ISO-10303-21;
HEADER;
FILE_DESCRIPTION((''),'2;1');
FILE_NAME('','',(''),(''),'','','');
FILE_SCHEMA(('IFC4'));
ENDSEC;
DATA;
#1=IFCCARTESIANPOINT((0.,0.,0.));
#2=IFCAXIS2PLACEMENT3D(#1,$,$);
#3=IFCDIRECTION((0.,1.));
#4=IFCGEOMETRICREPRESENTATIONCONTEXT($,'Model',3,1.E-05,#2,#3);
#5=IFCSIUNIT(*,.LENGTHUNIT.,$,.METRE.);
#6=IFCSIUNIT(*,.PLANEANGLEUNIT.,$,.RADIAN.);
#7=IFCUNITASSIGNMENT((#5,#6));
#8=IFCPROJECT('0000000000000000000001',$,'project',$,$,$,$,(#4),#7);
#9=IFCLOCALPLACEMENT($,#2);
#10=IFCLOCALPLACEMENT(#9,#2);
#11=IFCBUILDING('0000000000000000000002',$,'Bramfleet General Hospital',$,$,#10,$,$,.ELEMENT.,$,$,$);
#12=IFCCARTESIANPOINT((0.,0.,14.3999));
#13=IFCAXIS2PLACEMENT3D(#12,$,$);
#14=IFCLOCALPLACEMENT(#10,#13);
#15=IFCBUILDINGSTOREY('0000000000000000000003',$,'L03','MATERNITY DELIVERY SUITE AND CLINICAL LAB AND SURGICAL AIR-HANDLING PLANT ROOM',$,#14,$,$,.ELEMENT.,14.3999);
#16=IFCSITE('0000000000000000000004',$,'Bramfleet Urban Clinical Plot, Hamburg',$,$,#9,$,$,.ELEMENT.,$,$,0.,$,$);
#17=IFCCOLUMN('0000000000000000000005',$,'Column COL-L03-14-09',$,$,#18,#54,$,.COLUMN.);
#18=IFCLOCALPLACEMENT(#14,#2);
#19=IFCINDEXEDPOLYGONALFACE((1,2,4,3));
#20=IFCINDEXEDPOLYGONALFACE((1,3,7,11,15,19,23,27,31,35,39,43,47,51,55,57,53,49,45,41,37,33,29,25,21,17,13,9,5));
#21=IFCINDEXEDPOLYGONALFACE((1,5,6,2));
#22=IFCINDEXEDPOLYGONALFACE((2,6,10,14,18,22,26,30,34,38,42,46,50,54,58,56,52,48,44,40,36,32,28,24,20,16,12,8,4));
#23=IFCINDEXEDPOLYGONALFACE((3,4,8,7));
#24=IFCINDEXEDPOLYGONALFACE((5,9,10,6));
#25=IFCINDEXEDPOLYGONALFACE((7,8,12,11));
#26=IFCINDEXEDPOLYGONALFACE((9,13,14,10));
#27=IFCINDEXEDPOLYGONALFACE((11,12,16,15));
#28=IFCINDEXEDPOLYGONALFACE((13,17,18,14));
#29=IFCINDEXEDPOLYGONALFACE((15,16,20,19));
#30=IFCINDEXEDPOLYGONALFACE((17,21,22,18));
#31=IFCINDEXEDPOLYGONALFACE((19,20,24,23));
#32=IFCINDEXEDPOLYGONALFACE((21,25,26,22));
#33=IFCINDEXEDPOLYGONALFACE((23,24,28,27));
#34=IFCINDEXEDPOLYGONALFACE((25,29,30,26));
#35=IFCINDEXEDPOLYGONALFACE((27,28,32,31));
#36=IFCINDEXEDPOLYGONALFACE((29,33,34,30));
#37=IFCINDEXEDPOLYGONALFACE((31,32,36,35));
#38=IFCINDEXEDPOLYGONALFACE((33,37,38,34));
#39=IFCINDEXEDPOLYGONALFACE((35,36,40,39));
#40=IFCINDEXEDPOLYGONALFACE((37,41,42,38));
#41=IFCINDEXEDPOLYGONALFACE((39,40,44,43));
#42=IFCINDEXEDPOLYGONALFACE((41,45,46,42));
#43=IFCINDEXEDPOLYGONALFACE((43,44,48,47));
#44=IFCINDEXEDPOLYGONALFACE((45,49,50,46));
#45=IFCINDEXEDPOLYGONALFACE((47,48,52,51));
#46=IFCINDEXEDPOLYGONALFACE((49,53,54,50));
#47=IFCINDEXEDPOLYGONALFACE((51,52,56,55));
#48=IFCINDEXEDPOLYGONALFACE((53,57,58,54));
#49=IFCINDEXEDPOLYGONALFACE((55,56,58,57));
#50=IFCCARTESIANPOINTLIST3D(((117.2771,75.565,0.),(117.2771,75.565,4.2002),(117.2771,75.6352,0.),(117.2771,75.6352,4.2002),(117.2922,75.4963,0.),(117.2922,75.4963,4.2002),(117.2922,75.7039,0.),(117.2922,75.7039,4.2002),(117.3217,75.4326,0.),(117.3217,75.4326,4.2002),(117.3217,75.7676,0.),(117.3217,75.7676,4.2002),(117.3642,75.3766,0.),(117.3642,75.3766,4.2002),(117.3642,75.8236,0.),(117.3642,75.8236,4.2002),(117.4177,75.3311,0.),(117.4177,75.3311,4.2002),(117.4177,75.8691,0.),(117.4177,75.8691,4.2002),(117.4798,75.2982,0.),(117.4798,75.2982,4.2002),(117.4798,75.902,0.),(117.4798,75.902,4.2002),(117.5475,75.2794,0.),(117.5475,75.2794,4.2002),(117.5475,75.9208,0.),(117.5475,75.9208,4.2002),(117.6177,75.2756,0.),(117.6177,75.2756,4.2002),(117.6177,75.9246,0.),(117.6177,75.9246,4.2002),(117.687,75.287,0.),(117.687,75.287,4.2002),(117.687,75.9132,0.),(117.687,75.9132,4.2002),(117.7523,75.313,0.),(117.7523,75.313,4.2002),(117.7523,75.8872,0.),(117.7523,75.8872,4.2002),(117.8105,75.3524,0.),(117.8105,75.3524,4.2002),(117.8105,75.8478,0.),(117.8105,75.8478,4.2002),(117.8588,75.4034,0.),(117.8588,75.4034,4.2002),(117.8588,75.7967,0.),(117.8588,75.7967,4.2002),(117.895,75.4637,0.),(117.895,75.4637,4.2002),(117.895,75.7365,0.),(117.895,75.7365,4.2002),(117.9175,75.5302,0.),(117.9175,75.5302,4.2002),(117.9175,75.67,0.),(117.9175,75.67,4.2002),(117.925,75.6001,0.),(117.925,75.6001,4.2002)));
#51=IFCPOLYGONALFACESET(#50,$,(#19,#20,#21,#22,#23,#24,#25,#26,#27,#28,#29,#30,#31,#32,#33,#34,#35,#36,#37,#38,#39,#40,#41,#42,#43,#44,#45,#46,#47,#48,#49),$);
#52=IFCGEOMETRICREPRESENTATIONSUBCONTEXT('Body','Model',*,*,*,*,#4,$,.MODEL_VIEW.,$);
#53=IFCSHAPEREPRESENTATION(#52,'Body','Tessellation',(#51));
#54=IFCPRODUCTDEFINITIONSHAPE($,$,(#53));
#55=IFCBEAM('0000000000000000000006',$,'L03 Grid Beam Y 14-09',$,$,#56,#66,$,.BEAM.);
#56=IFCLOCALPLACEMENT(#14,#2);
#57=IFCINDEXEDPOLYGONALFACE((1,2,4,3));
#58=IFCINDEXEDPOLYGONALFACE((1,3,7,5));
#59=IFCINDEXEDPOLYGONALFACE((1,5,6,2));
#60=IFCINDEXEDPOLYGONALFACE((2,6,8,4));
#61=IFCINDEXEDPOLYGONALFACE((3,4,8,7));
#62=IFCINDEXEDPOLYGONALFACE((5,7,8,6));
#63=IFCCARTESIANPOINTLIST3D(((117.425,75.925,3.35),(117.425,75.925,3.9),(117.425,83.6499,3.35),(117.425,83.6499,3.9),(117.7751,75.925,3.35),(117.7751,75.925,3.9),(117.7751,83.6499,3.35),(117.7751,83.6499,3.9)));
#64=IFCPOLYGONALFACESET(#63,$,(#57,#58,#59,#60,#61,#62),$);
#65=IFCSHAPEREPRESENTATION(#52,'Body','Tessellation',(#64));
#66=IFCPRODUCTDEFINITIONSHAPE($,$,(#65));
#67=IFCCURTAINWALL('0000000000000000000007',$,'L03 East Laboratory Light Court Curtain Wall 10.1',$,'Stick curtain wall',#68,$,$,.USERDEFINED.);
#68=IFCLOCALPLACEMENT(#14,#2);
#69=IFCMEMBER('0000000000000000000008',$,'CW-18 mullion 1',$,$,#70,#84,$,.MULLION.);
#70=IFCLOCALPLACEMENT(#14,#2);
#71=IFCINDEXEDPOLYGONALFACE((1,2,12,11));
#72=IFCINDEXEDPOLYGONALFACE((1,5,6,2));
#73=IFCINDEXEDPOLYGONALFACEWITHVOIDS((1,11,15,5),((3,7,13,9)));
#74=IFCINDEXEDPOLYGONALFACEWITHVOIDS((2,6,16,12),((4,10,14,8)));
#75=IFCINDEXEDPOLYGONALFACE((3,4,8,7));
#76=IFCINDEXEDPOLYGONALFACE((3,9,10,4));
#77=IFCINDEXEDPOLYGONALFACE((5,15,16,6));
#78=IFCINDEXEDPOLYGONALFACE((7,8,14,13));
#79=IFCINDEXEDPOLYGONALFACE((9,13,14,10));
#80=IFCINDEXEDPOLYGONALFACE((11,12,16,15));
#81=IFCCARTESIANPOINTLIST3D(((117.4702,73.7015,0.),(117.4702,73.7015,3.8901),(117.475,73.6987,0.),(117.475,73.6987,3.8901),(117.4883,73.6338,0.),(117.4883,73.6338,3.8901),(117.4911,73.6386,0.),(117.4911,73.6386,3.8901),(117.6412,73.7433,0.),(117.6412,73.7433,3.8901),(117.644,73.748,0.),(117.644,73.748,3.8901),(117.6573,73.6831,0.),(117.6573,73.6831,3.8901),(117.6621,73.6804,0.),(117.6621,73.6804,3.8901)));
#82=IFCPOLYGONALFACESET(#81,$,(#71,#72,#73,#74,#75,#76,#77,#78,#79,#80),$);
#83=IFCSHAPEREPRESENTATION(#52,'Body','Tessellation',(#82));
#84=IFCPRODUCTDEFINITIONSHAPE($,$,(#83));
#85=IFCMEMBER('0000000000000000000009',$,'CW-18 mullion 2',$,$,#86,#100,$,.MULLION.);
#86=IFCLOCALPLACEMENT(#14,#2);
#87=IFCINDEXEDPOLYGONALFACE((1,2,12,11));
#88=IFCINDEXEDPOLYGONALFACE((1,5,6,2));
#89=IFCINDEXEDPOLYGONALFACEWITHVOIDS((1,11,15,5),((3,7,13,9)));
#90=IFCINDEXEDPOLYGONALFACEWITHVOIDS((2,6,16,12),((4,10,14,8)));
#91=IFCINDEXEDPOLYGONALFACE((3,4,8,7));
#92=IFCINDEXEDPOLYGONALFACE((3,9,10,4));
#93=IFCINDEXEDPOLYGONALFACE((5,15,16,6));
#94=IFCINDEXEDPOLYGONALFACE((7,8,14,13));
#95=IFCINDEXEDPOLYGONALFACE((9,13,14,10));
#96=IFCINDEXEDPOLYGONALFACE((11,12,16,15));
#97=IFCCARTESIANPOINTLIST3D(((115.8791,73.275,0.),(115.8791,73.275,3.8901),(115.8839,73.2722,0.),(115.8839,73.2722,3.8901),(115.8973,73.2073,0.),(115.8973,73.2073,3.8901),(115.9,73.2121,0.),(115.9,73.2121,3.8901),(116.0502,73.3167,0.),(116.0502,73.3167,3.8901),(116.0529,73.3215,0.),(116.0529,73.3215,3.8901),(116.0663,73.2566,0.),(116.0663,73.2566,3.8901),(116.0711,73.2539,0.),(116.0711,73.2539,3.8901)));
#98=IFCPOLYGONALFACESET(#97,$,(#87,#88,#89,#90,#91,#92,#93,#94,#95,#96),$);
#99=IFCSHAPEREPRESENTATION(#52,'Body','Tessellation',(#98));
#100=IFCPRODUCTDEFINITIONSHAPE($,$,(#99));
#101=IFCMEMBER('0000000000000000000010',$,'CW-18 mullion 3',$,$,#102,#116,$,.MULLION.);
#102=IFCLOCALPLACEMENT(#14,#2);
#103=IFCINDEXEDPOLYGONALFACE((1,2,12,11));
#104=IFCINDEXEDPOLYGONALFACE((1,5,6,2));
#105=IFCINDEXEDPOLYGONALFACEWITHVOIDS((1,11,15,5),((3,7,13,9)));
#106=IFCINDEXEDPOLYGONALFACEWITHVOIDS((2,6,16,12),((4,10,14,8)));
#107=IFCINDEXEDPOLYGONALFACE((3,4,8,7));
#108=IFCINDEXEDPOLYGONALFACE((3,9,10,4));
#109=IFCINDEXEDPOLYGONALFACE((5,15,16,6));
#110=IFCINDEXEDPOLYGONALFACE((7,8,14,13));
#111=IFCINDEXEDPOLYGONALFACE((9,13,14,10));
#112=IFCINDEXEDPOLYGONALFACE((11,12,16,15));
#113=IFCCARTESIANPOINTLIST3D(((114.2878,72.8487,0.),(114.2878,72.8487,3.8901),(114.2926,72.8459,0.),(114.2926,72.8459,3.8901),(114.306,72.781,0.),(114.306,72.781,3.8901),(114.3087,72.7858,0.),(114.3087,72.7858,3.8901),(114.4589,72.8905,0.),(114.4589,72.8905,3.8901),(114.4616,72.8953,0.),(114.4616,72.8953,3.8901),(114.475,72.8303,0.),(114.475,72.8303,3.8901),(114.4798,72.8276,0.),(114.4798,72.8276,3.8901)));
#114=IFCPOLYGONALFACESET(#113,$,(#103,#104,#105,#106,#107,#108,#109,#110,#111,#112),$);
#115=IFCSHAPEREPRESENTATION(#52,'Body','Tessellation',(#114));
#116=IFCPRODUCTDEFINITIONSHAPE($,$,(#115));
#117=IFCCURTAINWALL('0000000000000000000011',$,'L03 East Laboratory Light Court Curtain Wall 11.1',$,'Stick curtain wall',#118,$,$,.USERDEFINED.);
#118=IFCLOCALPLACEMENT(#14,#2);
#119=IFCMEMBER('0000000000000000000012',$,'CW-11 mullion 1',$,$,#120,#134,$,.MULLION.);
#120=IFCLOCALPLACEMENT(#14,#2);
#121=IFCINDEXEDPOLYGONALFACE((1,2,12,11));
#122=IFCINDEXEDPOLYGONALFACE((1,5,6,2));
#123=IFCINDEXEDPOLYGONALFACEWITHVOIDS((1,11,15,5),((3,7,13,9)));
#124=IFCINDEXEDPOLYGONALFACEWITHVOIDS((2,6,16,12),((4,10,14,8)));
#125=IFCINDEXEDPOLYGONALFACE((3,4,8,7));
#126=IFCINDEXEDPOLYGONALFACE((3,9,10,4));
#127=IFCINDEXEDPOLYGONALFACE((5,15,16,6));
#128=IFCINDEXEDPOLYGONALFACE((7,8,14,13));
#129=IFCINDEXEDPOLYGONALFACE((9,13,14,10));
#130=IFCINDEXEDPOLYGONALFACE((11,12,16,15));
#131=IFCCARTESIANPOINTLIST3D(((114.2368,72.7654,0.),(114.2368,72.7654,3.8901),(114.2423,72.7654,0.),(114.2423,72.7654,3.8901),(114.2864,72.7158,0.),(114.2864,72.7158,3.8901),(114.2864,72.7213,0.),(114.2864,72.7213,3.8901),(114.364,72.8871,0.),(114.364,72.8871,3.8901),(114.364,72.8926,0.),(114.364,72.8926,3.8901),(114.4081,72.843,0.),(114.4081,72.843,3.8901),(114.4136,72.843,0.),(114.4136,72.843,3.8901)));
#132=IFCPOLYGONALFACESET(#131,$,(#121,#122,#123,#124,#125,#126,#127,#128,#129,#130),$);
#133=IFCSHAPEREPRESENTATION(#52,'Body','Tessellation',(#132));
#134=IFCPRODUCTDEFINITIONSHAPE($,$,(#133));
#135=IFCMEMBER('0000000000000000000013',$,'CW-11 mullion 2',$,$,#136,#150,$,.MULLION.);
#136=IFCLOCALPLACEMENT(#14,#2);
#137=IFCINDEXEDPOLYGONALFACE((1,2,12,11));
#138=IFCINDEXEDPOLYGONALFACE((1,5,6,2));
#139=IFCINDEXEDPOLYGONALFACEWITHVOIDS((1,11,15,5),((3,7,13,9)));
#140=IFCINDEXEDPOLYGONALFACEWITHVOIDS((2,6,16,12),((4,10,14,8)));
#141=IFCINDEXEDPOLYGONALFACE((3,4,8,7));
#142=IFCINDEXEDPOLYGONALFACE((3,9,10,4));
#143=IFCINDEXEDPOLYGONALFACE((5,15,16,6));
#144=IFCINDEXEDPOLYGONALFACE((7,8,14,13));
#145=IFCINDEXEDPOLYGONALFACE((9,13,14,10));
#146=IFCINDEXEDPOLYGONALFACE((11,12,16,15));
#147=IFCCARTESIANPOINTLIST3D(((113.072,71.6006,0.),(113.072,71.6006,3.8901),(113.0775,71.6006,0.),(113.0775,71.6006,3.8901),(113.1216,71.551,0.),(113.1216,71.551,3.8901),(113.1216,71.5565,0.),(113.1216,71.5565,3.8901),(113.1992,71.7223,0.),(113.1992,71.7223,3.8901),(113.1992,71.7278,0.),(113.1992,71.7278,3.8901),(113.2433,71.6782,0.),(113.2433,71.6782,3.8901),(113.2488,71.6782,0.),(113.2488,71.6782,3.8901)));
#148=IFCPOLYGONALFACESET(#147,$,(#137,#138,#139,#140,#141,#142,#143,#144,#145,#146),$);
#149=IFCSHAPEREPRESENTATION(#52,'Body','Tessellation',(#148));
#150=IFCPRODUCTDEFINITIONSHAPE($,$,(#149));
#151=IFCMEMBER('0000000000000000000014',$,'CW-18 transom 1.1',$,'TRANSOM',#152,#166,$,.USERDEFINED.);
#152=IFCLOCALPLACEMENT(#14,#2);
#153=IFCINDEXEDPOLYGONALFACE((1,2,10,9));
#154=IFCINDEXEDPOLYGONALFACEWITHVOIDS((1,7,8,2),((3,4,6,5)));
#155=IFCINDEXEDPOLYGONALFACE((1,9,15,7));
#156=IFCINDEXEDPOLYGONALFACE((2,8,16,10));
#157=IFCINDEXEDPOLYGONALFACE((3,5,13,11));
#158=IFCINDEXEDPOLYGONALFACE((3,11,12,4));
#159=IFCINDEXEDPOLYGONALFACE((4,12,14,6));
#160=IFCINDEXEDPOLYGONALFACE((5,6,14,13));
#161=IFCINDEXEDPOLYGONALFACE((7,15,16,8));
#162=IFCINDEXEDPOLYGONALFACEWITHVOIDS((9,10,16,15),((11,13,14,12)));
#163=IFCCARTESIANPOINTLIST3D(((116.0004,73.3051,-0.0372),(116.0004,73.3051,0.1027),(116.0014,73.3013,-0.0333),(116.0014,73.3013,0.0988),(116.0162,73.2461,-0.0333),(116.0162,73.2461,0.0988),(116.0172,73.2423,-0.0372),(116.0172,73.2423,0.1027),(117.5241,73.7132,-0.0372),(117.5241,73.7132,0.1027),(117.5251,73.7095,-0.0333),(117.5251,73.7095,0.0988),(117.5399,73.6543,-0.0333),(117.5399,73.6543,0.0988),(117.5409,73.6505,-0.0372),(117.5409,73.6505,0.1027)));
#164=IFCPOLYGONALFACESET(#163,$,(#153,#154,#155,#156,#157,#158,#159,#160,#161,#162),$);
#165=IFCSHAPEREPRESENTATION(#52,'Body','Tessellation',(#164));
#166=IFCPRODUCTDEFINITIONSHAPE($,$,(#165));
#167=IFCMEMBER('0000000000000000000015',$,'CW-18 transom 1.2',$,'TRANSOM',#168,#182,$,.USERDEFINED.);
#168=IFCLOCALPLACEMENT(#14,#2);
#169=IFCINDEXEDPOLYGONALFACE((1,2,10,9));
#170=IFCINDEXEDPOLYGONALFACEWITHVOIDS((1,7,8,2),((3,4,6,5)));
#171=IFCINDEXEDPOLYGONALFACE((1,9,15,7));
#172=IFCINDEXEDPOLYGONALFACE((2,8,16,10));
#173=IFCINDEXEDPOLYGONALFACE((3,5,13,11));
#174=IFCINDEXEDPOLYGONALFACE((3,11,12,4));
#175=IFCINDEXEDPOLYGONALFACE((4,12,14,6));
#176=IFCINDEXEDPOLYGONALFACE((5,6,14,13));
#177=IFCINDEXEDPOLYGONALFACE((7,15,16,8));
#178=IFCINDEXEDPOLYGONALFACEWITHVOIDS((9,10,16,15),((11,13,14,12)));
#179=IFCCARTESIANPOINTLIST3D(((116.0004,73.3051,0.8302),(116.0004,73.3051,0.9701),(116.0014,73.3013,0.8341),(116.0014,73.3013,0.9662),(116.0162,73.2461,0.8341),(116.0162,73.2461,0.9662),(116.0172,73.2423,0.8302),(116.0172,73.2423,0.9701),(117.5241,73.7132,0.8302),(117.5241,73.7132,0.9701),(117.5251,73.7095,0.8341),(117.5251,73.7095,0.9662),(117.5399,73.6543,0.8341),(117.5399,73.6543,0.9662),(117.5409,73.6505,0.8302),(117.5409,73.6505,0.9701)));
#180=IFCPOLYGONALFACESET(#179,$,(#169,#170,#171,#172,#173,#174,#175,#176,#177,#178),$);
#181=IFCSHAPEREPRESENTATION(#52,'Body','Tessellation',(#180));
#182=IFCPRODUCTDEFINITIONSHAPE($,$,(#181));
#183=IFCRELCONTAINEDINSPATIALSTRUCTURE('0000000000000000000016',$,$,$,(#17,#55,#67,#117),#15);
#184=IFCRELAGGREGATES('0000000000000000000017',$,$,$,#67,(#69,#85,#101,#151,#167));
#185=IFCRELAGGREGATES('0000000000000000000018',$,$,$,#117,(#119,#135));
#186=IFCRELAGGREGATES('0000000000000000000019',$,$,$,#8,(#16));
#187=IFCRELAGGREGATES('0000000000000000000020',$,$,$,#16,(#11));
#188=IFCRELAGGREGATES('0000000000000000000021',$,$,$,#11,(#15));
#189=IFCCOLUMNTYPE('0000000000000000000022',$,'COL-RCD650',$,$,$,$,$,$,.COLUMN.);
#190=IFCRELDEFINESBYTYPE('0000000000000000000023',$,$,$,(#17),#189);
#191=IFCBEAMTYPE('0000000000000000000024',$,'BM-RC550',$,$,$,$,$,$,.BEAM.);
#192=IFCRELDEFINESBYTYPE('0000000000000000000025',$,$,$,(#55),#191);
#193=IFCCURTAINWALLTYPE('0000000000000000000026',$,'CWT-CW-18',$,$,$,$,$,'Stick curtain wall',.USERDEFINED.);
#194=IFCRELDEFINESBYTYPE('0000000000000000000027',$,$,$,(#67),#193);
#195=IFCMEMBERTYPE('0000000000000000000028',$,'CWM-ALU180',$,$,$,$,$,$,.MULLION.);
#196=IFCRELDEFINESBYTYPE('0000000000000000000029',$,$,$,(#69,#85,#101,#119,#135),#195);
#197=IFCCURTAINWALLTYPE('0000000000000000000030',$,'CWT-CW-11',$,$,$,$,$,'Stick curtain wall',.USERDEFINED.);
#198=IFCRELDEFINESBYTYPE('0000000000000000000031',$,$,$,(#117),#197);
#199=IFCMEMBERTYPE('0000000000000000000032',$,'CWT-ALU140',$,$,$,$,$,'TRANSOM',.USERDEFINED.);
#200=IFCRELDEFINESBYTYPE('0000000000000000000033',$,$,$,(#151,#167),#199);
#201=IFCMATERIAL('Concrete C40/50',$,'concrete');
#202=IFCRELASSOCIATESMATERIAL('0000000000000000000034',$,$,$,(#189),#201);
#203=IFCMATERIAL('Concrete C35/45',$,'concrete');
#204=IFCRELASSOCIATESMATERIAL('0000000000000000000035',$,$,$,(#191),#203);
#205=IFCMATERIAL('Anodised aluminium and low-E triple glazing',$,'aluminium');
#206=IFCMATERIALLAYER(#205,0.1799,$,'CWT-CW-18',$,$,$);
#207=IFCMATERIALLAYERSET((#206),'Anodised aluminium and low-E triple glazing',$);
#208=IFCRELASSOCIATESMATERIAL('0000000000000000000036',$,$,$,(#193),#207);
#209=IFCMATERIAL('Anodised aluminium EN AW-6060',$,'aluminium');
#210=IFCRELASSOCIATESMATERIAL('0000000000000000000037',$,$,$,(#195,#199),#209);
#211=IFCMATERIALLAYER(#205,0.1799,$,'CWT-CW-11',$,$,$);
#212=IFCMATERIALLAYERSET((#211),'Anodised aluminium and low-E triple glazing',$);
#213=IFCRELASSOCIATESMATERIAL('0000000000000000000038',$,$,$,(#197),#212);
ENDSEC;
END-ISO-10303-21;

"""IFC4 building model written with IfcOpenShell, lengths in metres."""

from ifc_helpers import new_model, si_unit, direction, frame, origin, origin_2d, place, context, subcontext, project, spatial, rectangle, hollow_rectangle, circle, extrude, material, layer, layer_set, material_profile, profile_set, type_object, element, aggregate, save


model = new_model("IFC4")

# Units and contexts
model_context = context("Model", 3, precision=1e-05, world=origin(), true_north=direction((0.0, 1.0)))
body_context = subcontext(model_context, "Body", "Model", "MODEL_VIEW")
ifc_project = project(units=[si_unit("LENGTHUNIT", "METRE"), si_unit("PLANEANGLEUNIT", "RADIAN")], contexts=[model_context])

# Site, building, storey
site_placement = place(None, origin())
site = spatial("IfcSite", under=ifc_project, at=site_placement, Name="Bramfleet Urban Clinical Plot, Hamburg", CompositionType="ELEMENT", RefElevation=0.0)
building_placement = place(site_placement, origin())
building = spatial("IfcBuilding", under=site, at=building_placement, Name="Bramfleet General Hospital", CompositionType="ELEMENT")
storey_placement = place(building_placement, frame((0.0, 0.0, 14.3999)))
storey = spatial("IfcBuildingStorey", under=building, at=storey_placement, Name="L03", Description="MATERNITY DELIVERY SUITE AND CLINICAL LAB AND SURGICAL AIR-HANDLING PLANT ROOM", CompositionType="ELEMENT", Elevation=14.3999)

# Column
ifc_material_1 = material(Name="Concrete C40/50", Category="concrete")
ifc_material_profile_1 = material_profile(ifc_material_1, circle(Radius=0.325, at=origin_2d()), Name="RC ROUND D650")
ifc_profile_set_1 = profile_set([ifc_material_profile_1], Name="Concrete C40/50")
column_type = type_object("IfcColumnType", Name="COL-RCD650", PredefinedType="COLUMN", material=ifc_profile_set_1)
column_placement = place(storey_placement, frame((117.6001, 75.6001, 0.0), z_axis=(0.0, 0.0, 1.0), x_axis=(1.0, 0.0, 0.0)))
element("IfcColumn", 1, at=column_placement, inside=storey, type_object=column_type, Name="Column COL-L03-14-09", PredefinedType="COLUMN", context=body_context, shape_type="SweptSolid", body=[
    extrude(circle(Radius=0.325, at=origin_2d()), origin(), (0.0, 0.0, 1.0), 4.2002),
])

# Beam
ifc_material_2 = material(Name="Concrete C35/45", Category="concrete")
ifc_material_profile_2 = material_profile(ifc_material_2, rectangle(XDim=0.3501, YDim=0.55, at=origin_2d()), Name="RC BM 550x350")
ifc_profile_set_2 = profile_set([ifc_material_profile_2], Name="Concrete C35/45")
beam_type = type_object("IfcBeamType", Name="BM-RC550", PredefinedType="BEAM", material=ifc_profile_set_2)
beam_placement = place(storey_placement, frame((117.6001, 75.925, 3.625), z_axis=(0.0, 1.0, 0.0), x_axis=(-1.0, 0.0, 0.0)))
element("IfcBeam", 2, at=beam_placement, inside=storey, type_object=beam_type, Name="L03 Grid Beam Y 14-09", PredefinedType="BEAM", context=body_context, shape_type="SweptSolid", body=[
    extrude(rectangle(XDim=0.3501, YDim=0.55, at=origin_2d()), origin(), (0.0, 0.0, 1.0), 7.7249),
])

# Curtain walls, members
ifc_material_3 = material(Name="Anodised aluminium and low-E triple glazing", Category="aluminium")
ifc_layer_1 = layer(ifc_material_3, 0.1799, Name="CWT-CW-18")
ifc_layer_set_1 = layer_set([ifc_layer_1], Name="Anodised aluminium and low-E triple glazing")
curtain_wall_type_1 = type_object("IfcCurtainWallType", Name="CWT-CW-18", ElementType="Stick curtain wall", PredefinedType="USERDEFINED", material=ifc_layer_set_1)
curtain_wall_1_placement = place(storey_placement, origin())
curtain_wall_1 = element("IfcCurtainWall", 3, at=curtain_wall_1_placement, inside=storey, type_object=curtain_wall_type_1, Name="L03 East Laboratory Light Court Curtain Wall 10.1", ObjectType="Stick curtain wall", PredefinedType="USERDEFINED")
ifc_material_4 = material(Name="Anodised aluminium EN AW-6060", Category="aluminium")
ifc_material_profile_3 = material_profile(ifc_material_4, hollow_rectangle(XDim=0.0701, YDim=0.1799, WallThickness=0.0039, at=origin_2d()), Name="ALU 180x70x4.0")
ifc_profile_set_3 = profile_set([ifc_material_profile_3], Name="Anodised aluminium EN AW-6060")
member_type_1 = type_object("IfcMemberType", Name="CWM-ALU180", PredefinedType="MULLION", material=ifc_profile_set_3)
member_1_placement = place(storey_placement, frame((117.5662, 73.6909, 0.0), z_axis=(0.0, 0.0, 1.0), x_axis=(0.258865, -0.965914, 0.0)))
member_1 = element("IfcMember", 4, at=member_1_placement, type_object=member_type_1, Name="CW-18 mullion 1", PredefinedType="MULLION", context=body_context, shape_type="SweptSolid", body=[
    extrude(hollow_rectangle(XDim=0.0701, YDim=0.1799, WallThickness=0.0039, at=origin_2d()), origin(), (0.0, 0.0, 1.0), 3.8901),
])
member_2_placement = place(storey_placement, frame((115.9751, 73.2644, 0.0), z_axis=(0.0, 0.0, 1.0), x_axis=(0.258865, -0.965914, 0.0)))
member_2 = element("IfcMember", 5, at=member_2_placement, type_object=member_type_1, Name="CW-18 mullion 2", PredefinedType="MULLION", context=body_context, shape_type="SweptSolid", body=[
    extrude(hollow_rectangle(XDim=0.0701, YDim=0.1799, WallThickness=0.0039, at=origin_2d()), origin(), (0.0, 0.0, 1.0), 3.8901),
])
member_3_placement = place(storey_placement, frame((114.3838, 72.8381, 0.0), z_axis=(0.0, 0.0, 1.0), x_axis=(0.258865, -0.965914, 0.0)))
member_3 = element("IfcMember", 6, at=member_3_placement, type_object=member_type_1, Name="CW-18 mullion 3", PredefinedType="MULLION", context=body_context, shape_type="SweptSolid", body=[
    extrude(hollow_rectangle(XDim=0.0701, YDim=0.1799, WallThickness=0.0039, at=origin_2d()), origin(), (0.0, 0.0, 1.0), 3.8901),
])
ifc_layer_2 = layer(ifc_material_3, 0.1799, Name="CWT-CW-11")
ifc_layer_set_2 = layer_set([ifc_layer_2], Name="Anodised aluminium and low-E triple glazing")
curtain_wall_type_2 = type_object("IfcCurtainWallType", Name="CWT-CW-11", ElementType="Stick curtain wall", PredefinedType="USERDEFINED", material=ifc_layer_set_2)
curtain_wall_2_placement = place(storey_placement, origin())
curtain_wall_2 = element("IfcCurtainWall", 7, at=curtain_wall_2_placement, inside=storey, type_object=curtain_wall_type_2, Name="L03 East Laboratory Light Court Curtain Wall 11.1", ObjectType="Stick curtain wall", PredefinedType="USERDEFINED")
member_4_placement = place(storey_placement, frame((114.3252, 72.8042, 0.0), z_axis=(0.0, 0.0, 1.0), x_axis=(0.707107, -0.707107, 0.0)))
member_4 = element("IfcMember", 8, at=member_4_placement, type_object=member_type_1, Name="CW-11 mullion 1", PredefinedType="MULLION", context=body_context, shape_type="SweptSolid", body=[
    extrude(hollow_rectangle(XDim=0.0701, YDim=0.1799, WallThickness=0.0039, at=origin_2d()), origin(), (0.0, 0.0, 1.0), 3.8901),
])
member_5_placement = place(storey_placement, frame((113.1604, 71.6394, 0.0), z_axis=(0.0, 0.0, 1.0), x_axis=(0.707107, -0.707107, 0.0)))
member_5 = element("IfcMember", 9, at=member_5_placement, type_object=member_type_1, Name="CW-11 mullion 2", PredefinedType="MULLION", context=body_context, shape_type="SweptSolid", body=[
    extrude(hollow_rectangle(XDim=0.0701, YDim=0.1799, WallThickness=0.0039, at=origin_2d()), origin(), (0.0, 0.0, 1.0), 3.8901),
])

# Members
ifc_material_profile_4 = material_profile(ifc_material_4, hollow_rectangle(XDim=0.0649, YDim=0.1399, WallThickness=0.0039, at=origin_2d()), Name="ALU 140x65x4.0")
ifc_profile_set_4 = profile_set([ifc_material_profile_4], Name="Anodised aluminium EN AW-6060")
member_type_2 = type_object("IfcMemberType", Name="CWT-ALU140", ElementType="TRANSOM", PredefinedType="USERDEFINED", material=ifc_profile_set_4)
member_6_placement = place(storey_placement, frame((117.5325, 73.6819, 0.0327), z_axis=(-0.965936, -0.25878, 0.0), x_axis=(0.25878, -0.965936, 0.0)))
member_6 = element("IfcMember", 10, at=member_6_placement, type_object=member_type_2, Name="CW-18 transom 1.1", ObjectType="TRANSOM", PredefinedType="USERDEFINED", context=body_context, shape_type="SweptSolid", body=[
    extrude(hollow_rectangle(XDim=0.0649, YDim=0.1399, WallThickness=0.0039, at=origin_2d()), origin(), (0.0, 0.0, 1.0), 1.5774),
])
member_7_placement = place(storey_placement, frame((117.5325, 73.6819, 0.9001), z_axis=(-0.965936, -0.25878, 0.0), x_axis=(0.25878, -0.965936, 0.0)))
member_7 = element("IfcMember", 11, at=member_7_placement, type_object=member_type_2, Name="CW-18 transom 1.2", ObjectType="TRANSOM", PredefinedType="USERDEFINED", context=body_context, shape_type="SweptSolid", body=[
    extrude(hollow_rectangle(XDim=0.0649, YDim=0.1399, WallThickness=0.0039, at=origin_2d()), origin(), (0.0, 0.0, 1.0), 1.5774),
])

aggregate(curtain_wall_1, [member_1, member_2, member_3, member_6, member_7])
aggregate(curtain_wall_2, [member_4, member_5])

save(model, "model.ifc")
